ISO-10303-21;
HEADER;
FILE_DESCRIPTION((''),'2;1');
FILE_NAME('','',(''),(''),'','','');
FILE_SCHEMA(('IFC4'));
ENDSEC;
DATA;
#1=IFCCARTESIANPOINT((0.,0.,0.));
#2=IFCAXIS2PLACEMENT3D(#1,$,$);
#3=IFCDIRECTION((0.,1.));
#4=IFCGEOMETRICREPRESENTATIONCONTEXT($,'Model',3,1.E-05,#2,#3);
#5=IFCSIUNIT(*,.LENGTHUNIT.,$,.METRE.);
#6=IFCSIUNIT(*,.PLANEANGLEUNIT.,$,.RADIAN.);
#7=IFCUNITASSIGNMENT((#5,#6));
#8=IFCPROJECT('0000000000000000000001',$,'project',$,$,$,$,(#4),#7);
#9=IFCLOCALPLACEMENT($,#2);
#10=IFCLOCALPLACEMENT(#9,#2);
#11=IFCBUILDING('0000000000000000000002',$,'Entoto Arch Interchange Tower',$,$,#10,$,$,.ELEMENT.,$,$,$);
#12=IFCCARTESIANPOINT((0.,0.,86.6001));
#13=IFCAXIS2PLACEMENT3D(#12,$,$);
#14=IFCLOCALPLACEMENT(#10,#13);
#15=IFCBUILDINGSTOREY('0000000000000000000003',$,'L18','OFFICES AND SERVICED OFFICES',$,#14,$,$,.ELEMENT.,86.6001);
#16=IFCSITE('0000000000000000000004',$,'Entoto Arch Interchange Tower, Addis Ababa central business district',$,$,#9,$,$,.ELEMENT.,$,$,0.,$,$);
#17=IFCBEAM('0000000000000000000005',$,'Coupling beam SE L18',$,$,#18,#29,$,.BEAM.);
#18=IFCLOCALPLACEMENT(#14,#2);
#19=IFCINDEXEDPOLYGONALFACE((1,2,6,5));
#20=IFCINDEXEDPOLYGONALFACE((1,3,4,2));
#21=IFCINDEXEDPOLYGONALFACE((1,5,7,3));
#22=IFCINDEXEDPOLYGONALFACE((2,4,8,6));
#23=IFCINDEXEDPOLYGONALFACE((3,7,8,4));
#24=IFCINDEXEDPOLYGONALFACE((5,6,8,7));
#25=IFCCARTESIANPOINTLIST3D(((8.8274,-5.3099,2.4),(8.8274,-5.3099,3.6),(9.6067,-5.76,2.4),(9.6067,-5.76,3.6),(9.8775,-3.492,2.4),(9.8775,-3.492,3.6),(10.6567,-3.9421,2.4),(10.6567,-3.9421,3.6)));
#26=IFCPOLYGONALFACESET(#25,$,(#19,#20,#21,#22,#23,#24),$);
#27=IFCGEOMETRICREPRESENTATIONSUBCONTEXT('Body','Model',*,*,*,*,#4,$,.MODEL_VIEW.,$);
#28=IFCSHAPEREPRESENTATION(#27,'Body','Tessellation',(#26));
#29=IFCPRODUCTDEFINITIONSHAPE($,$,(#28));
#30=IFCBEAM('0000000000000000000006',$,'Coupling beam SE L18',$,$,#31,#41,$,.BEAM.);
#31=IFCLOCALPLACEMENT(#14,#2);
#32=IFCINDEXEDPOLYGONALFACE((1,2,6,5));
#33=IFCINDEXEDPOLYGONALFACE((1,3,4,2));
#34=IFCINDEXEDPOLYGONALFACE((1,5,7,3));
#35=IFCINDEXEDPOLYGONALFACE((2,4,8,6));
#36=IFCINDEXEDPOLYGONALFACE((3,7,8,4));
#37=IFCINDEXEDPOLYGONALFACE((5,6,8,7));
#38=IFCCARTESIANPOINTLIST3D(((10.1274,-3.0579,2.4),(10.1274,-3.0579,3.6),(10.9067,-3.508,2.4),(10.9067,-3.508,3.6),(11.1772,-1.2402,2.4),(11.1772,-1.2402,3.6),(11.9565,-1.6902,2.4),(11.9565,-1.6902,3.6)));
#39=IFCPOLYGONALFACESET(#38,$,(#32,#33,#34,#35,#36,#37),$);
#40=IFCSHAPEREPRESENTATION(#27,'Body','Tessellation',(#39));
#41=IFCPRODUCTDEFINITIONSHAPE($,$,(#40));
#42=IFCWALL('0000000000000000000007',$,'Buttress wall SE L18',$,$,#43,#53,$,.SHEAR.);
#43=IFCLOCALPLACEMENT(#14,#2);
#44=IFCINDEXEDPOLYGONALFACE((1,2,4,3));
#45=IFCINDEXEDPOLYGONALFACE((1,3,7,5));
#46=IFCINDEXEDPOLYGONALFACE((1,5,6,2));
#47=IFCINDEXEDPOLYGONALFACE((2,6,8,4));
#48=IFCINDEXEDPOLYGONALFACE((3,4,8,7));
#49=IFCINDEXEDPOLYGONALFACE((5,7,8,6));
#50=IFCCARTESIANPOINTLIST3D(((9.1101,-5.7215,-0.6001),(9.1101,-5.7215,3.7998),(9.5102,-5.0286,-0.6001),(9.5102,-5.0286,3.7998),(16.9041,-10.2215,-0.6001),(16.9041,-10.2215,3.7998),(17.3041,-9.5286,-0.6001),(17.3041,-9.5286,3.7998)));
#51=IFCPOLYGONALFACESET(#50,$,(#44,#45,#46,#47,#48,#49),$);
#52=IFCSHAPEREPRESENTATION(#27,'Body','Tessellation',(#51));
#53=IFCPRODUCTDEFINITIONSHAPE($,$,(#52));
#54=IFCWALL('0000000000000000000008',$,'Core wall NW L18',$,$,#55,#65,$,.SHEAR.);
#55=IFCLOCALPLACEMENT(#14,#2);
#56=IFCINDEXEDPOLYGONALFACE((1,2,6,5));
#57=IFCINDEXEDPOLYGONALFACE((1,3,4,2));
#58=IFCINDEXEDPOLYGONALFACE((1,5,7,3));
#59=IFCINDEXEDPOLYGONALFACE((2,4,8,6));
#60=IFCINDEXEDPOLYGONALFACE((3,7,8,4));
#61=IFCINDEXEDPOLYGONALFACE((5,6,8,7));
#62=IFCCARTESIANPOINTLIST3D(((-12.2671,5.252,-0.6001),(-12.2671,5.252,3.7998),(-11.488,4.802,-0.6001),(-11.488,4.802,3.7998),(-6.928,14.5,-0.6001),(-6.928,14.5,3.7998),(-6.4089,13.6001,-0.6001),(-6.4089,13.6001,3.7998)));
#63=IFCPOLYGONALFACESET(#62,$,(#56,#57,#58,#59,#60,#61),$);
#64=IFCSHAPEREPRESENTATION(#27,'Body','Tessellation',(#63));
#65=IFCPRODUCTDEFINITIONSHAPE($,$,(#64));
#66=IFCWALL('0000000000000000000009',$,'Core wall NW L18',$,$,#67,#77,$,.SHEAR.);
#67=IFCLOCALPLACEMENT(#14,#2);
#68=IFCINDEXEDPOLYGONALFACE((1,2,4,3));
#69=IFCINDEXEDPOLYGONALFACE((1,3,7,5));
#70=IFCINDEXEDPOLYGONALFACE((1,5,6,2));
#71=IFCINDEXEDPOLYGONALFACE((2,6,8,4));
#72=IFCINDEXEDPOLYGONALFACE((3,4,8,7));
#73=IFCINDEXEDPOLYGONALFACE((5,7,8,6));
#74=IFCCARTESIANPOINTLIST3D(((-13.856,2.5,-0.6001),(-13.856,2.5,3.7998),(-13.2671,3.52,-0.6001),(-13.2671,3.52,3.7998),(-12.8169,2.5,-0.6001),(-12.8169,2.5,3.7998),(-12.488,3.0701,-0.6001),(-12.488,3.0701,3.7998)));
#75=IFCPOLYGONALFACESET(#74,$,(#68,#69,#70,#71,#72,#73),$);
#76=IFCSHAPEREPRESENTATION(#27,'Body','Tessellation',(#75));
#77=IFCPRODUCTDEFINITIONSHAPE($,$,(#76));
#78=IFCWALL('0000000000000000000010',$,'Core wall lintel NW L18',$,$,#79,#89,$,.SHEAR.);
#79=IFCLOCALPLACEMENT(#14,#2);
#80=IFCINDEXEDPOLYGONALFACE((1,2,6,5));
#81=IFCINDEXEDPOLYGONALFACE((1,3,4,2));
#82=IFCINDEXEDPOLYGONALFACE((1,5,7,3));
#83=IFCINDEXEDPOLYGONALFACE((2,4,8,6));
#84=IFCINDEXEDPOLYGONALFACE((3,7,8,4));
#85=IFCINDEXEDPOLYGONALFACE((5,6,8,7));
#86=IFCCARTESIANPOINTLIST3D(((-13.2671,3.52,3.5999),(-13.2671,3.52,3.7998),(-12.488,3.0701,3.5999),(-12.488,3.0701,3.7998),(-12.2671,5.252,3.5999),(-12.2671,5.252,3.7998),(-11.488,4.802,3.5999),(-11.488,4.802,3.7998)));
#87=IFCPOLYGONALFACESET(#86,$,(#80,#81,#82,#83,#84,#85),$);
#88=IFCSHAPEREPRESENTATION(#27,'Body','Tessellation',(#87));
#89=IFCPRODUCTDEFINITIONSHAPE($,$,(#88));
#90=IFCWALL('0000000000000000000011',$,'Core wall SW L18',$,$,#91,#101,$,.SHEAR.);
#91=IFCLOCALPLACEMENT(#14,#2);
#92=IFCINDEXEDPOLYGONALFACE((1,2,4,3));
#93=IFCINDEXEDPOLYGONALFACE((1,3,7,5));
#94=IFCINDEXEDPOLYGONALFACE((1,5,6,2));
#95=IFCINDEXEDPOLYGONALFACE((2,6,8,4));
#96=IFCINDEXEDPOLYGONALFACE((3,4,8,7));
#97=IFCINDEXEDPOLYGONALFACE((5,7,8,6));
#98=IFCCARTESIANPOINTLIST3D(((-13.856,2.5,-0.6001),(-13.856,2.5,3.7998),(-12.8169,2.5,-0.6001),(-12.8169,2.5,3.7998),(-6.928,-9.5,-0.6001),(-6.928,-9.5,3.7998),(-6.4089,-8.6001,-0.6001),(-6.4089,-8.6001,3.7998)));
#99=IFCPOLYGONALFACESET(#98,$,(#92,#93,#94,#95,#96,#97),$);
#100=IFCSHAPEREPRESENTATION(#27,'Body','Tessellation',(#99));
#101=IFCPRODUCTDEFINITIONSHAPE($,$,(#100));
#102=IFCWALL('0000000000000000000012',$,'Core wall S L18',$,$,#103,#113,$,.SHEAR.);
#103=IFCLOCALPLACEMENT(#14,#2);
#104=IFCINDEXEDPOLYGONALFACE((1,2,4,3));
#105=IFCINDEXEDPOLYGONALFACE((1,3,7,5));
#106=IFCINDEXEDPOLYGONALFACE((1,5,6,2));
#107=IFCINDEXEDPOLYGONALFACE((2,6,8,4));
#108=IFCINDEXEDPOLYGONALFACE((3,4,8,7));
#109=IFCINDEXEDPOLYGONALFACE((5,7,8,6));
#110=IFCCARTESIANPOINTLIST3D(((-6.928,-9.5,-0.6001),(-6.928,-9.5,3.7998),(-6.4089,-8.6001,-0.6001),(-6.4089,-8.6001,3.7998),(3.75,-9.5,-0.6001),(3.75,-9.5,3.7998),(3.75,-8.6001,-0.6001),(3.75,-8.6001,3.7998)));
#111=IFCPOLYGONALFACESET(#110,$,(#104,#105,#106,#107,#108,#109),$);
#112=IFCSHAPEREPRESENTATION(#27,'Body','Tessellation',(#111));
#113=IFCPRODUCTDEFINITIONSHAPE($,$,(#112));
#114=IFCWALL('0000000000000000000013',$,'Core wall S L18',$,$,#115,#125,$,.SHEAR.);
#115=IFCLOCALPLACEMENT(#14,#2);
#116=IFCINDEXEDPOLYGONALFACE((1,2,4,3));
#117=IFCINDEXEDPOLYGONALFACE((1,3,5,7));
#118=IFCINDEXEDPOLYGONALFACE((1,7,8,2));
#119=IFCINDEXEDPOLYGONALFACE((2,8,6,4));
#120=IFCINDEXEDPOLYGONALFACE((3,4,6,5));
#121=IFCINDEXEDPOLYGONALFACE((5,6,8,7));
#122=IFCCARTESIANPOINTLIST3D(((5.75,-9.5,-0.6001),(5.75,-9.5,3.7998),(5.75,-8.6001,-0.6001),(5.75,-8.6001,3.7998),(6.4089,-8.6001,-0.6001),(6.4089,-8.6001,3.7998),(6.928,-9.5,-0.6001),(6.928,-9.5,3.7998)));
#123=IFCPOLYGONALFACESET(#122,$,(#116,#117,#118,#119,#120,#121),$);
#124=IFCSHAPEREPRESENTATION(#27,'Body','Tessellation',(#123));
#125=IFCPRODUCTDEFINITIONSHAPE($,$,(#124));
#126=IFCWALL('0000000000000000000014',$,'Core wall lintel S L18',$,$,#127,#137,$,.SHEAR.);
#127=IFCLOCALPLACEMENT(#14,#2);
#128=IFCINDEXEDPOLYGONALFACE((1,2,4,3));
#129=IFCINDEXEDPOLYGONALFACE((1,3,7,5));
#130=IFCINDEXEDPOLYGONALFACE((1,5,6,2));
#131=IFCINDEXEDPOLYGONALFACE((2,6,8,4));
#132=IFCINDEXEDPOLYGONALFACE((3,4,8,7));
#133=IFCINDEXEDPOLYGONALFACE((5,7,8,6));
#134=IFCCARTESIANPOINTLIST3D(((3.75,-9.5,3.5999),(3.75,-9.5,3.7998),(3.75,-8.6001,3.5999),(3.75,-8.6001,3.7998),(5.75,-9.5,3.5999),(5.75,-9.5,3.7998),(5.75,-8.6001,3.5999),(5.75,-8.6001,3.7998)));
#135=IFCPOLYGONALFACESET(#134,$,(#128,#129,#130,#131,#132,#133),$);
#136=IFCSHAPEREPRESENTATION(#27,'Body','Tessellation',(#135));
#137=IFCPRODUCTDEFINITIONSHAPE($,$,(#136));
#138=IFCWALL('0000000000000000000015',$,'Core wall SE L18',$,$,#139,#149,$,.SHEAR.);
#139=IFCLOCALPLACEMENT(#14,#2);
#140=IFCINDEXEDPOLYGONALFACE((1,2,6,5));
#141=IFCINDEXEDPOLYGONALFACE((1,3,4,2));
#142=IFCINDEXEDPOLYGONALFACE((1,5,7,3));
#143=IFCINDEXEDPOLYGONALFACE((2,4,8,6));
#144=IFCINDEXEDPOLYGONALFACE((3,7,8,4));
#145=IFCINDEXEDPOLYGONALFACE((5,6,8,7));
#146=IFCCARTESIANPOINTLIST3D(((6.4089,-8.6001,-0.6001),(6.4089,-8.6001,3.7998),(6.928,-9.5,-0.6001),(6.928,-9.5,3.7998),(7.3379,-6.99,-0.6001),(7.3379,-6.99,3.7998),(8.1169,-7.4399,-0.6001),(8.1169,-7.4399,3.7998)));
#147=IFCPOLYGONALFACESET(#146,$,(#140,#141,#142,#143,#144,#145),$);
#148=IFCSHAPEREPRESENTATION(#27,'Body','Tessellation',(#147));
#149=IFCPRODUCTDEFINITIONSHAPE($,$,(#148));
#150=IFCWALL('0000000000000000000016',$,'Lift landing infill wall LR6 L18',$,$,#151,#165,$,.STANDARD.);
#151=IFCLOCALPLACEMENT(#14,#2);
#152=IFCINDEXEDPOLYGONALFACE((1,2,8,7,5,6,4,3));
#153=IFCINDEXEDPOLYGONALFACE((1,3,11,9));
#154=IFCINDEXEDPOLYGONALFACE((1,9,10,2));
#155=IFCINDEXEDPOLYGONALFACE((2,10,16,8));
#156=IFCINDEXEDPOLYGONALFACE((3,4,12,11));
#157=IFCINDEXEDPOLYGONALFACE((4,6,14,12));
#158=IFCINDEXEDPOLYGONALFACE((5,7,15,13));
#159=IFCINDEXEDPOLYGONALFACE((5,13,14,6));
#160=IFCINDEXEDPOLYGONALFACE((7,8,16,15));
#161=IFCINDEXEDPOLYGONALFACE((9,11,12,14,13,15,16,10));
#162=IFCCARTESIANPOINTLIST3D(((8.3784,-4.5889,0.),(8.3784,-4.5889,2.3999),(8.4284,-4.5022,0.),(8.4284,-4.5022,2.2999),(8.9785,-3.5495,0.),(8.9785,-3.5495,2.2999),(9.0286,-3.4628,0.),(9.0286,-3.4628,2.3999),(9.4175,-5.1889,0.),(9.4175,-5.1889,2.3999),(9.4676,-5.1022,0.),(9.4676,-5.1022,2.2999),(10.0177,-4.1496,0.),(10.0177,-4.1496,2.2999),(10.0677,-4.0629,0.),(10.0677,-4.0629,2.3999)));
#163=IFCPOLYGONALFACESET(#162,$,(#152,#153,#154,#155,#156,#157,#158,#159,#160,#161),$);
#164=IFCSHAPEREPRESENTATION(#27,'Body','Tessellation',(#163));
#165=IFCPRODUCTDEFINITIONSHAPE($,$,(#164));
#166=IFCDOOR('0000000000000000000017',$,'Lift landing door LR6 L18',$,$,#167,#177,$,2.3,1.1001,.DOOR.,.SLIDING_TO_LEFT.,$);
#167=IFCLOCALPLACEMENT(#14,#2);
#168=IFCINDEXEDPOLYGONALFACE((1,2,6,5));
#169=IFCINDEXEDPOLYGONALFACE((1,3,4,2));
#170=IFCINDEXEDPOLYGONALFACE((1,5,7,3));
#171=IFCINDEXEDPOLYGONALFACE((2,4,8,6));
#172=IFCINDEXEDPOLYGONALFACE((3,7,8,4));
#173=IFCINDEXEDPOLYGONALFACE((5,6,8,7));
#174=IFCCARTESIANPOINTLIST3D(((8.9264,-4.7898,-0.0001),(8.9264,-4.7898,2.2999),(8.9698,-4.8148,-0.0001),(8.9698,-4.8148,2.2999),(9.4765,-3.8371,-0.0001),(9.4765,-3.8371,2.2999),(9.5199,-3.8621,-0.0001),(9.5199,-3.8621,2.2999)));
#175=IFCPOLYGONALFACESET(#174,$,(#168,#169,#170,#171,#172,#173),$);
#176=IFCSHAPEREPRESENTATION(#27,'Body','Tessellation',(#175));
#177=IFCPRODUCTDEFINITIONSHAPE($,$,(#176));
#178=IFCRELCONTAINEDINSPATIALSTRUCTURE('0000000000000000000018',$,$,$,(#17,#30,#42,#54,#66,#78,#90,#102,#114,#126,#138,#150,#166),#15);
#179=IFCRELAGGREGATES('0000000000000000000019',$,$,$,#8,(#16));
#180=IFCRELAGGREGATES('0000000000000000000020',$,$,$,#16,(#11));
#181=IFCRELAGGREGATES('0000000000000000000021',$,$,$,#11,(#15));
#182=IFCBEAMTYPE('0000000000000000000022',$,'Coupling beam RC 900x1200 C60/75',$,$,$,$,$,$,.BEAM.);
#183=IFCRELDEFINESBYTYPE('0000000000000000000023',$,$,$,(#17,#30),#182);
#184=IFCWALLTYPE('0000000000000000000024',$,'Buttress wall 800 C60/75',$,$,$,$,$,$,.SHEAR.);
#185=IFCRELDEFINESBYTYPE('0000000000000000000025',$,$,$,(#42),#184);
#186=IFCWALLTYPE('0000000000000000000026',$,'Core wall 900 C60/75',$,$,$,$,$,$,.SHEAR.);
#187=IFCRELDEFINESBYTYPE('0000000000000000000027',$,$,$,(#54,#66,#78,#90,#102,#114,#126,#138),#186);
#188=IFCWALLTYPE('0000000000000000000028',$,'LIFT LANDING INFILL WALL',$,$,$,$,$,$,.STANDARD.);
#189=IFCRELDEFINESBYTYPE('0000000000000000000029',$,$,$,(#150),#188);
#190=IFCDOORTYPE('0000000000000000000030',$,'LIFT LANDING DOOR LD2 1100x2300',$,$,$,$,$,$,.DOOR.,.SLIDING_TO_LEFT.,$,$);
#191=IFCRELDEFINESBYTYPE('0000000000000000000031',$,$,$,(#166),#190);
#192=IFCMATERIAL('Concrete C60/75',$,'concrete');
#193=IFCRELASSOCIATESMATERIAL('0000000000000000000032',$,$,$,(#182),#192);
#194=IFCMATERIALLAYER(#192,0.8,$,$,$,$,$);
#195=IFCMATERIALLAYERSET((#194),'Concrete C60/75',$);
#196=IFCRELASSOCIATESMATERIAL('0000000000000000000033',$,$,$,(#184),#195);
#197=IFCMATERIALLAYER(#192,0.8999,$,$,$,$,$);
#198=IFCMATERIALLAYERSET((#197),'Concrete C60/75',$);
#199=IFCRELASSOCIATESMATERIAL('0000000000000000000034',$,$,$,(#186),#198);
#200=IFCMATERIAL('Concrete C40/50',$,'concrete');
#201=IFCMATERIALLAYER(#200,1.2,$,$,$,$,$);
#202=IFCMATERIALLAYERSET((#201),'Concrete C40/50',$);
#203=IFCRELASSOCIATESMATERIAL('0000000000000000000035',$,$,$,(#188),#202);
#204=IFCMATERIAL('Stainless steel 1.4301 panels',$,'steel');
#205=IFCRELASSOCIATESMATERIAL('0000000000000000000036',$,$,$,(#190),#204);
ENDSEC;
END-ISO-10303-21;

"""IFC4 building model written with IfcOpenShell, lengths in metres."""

from ifc_helpers import new_model, si_unit, direction, frame, frame_2d, origin, origin_2d, place, context, subcontext, project, spatial, polyline, rectangle, outline, extrude, material, layer, layer_set, material_profile, profile_set, type_object, element, fill, save


model = new_model("IFC4")

# Units and contexts
model_context = context("Model", 3, precision=1e-05, world=origin(), true_north=direction((0.0, 1.0)))
body_context = subcontext(model_context, "Body", "Model", "MODEL_VIEW")
ifc_project = project(units=[si_unit("LENGTHUNIT", "METRE"), si_unit("PLANEANGLEUNIT", "RADIAN")], contexts=[model_context])

# Site, building, storey
site_placement = place(None, origin())
site = spatial("IfcSite", under=ifc_project, at=site_placement, Name="Entoto Arch Interchange Tower, Addis Ababa central business district", CompositionType="ELEMENT", RefElevation=0.0)
building_placement = place(site_placement, origin())
building = spatial("IfcBuilding", under=site, at=building_placement, Name="Entoto Arch Interchange Tower", CompositionType="ELEMENT")
storey_placement = place(building_placement, frame((0.0, 0.0, 86.6001)))
storey = spatial("IfcBuildingStorey", under=building, at=storey_placement, Name="L18", Description="OFFICES AND SERVICED OFFICES", CompositionType="ELEMENT", Elevation=86.6001)

# Beams
ifc_material_1 = material(Name="Concrete C60/75", Category="concrete")
ifc_material_profile = material_profile(ifc_material_1, rectangle(XDim=0.8999, YDim=1.2, at=origin_2d()))
ifc_profile_set = profile_set([ifc_material_profile], Name="Concrete C60/75")
beam_type = type_object("IfcBeamType", Name="Coupling beam RC 900x1200 C60/75", PredefinedType="BEAM", material=ifc_profile_set)
beam_1_placement = place(storey_placement, frame((9.217, -5.5349, 3.0), z_axis=(0.500179, 0.865922, 0.0), x_axis=(-0.865922, 0.500179, 0.0)))
element("IfcBeam", 1, at=beam_1_placement, inside=storey, type_object=beam_type, Name="Coupling beam SE L18", PredefinedType="BEAM", context=body_context, shape_type="SweptSolid", body=[
    extrude(rectangle(XDim=0.8999, YDim=1.2, at=origin_2d()), origin(), (0.0, 0.0, 1.0), 2.0994),
])
beam_2_placement = place(storey_placement, frame((10.5171, -3.283, 3.0), z_axis=(0.500092, 0.865973, 0.0), x_axis=(-0.865973, 0.500092, 0.0)))
element("IfcBeam", 2, at=beam_2_placement, inside=storey, type_object=beam_type, Name="Coupling beam SE L18", PredefinedType="BEAM", context=body_context, shape_type="SweptSolid", body=[
    extrude(rectangle(XDim=0.8999, YDim=1.2, at=origin_2d()), origin(), (0.0, 0.0, 1.0), 2.0991),
])

# Walls
ifc_layer_1 = layer(ifc_material_1, 0.8)
ifc_layer_set_1 = layer_set([ifc_layer_1], Name="Concrete C60/75")
wall_type_1 = type_object("IfcWallType", Name="Buttress wall 800 C60/75", PredefinedType="SHEAR", material=ifc_layer_set_1)
wall_1_placement = place(storey_placement, frame((9.3101, -5.375, -0.6001), z_axis=(0.0, 0.0, 1.0), x_axis=(0.866018, -0.500014, 0.0)))
element("IfcWall", 3, at=wall_1_placement, inside=storey, type_object=wall_type_1, Name="Buttress wall SE L18", PredefinedType="SHEAR", context=body_context, shape_type="SweptSolid", body=[
    extrude(rectangle(XDim=8.9998, YDim=0.8, at=frame_2d((4.5, 0.0))), origin(), (0.0, 0.0, 1.0), 4.3999),
])
ifc_layer_2 = layer(ifc_material_1, 0.8999)
ifc_layer_set_2 = layer_set([ifc_layer_2], Name="Concrete C60/75")
wall_type_2 = type_object("IfcWallType", Name="Core wall 900 C60/75", PredefinedType="SHEAR", material=ifc_layer_set_2)
wall_2_placement = place(storey_placement, frame((0.0, 0.0, -0.6001)))
element("IfcWall", 4, at=wall_2_placement, inside=storey, type_object=wall_type_2, Name="Core wall NW L18", PredefinedType="SHEAR", context=body_context, shape_type="SweptSolid", body=[
    extrude(outline(polyline([(-12.2671, 5.252), (-11.488, 4.802), (-6.4089, 13.6001), (-6.928, 14.5), (-12.2671, 5.252)])), origin(), (0.0, 0.0, 1.0), 4.3999),
])
wall_3_placement = place(storey_placement, frame((0.0, 0.0, -0.6001)))
element("IfcWall", 5, at=wall_3_placement, inside=storey, type_object=wall_type_2, Name="Core wall NW L18", PredefinedType="SHEAR", context=body_context, shape_type="SweptSolid", body=[
    extrude(outline(polyline([(-12.488, 3.0701), (-13.2671, 3.52), (-13.856, 2.5), (-12.8169, 2.5), (-12.488, 3.0701)])), origin(), (0.0, 0.0, 1.0), 4.3999),
])
wall_4_placement = place(storey_placement, frame((0.0, 0.0, 3.5999)))
element("IfcWall", 6, at=wall_4_placement, inside=storey, type_object=wall_type_2, Name="Core wall lintel NW L18", PredefinedType="SHEAR", context=body_context, shape_type="SweptSolid", body=[
    extrude(outline(polyline([(-13.2671, 3.52), (-12.488, 3.0701), (-11.488, 4.802), (-12.2671, 5.252), (-13.2671, 3.52)])), origin(), (0.0, 0.0, 1.0), 0.2),
])
wall_5_placement = place(storey_placement, frame((0.0, 0.0, -0.6001)))
element("IfcWall", 7, at=wall_5_placement, inside=storey, type_object=wall_type_2, Name="Core wall SW L18", PredefinedType="SHEAR", context=body_context, shape_type="SweptSolid", body=[
    extrude(outline(polyline([(-13.856, 2.5), (-6.928, -9.5), (-6.4089, -8.6001), (-12.8169, 2.5), (-13.856, 2.5)])), origin(), (0.0, 0.0, 1.0), 4.3999),
])
wall_6_placement = place(storey_placement, frame((0.0, 0.0, -0.6001)))
element("IfcWall", 8, at=wall_6_placement, inside=storey, type_object=wall_type_2, Name="Core wall S L18", PredefinedType="SHEAR", context=body_context, shape_type="SweptSolid", body=[
    extrude(outline(polyline([(3.75, -9.5), (3.75, -8.6001), (-6.4089, -8.6001), (-6.928, -9.5), (3.75, -9.5)])), origin(), (0.0, 0.0, 1.0), 4.3999),
])
wall_7_placement = place(storey_placement, frame((0.0, 0.0, -0.6001)))
element("IfcWall", 9, at=wall_7_placement, inside=storey, type_object=wall_type_2, Name="Core wall S L18", PredefinedType="SHEAR", context=body_context, shape_type="SweptSolid", body=[
    extrude(outline(polyline([(5.75, -8.6001), (5.75, -9.5), (6.928, -9.5), (6.4089, -8.6001), (5.75, -8.6001)])), origin(), (0.0, 0.0, 1.0), 4.3999),
])
wall_8_placement = place(storey_placement, frame((0.0, 0.0, 3.5999)))
element("IfcWall", 10, at=wall_8_placement, inside=storey, type_object=wall_type_2, Name="Core wall lintel S L18", PredefinedType="SHEAR", context=body_context, shape_type="SweptSolid", body=[
    extrude(outline(polyline([(5.75, -9.5), (5.75, -8.6001), (3.75, -8.6001), (3.75, -9.5), (5.75, -9.5)])), origin(), (0.0, 0.0, 1.0), 0.2),
])
wall_9_placement = place(storey_placement, frame((0.0, 0.0, -0.6001)))
element("IfcWall", 11, at=wall_9_placement, inside=storey, type_object=wall_type_2, Name="Core wall SE L18", PredefinedType="SHEAR", context=body_context, shape_type="SweptSolid", body=[
    extrude(outline(polyline([(8.1169, -7.4399), (7.3379, -6.99), (6.4089, -8.6001), (6.928, -9.5), (8.1169, -7.4399)])), origin(), (0.0, 0.0, 1.0), 4.3999),
])

# Wall, opening, door
ifc_material_2 = material(Name="Concrete C40/50", Category="concrete")
ifc_layer_3 = layer(ifc_material_2, 1.2)
ifc_layer_set_3 = layer_set([ifc_layer_3], Name="Concrete C40/50")
wall_type_3 = type_object("IfcWallType", Name="LIFT LANDING INFILL WALL", PredefinedType="STANDARD", material=ifc_layer_set_3)
wall_10_placement = place(storey_placement, frame((8.8979, -4.8889, 0.0), z_axis=(0.0, 0.0, 1.0), x_axis=(0.500037, 0.866004, 0.0)))
wall_10 = element("IfcWall", 12, at=wall_10_placement, inside=storey, type_object=wall_type_3, Name="Lift landing infill wall LR6 L18", PredefinedType="STANDARD", context=body_context, shape_type="SweptSolid", body=[
    extrude(rectangle(XDim=1.3003, YDim=1.2, at=frame_2d((0.6501, 0.0))), origin(), (0.0, 0.0, 1.0), 2.3999),
])
opening_1_placement = place(wall_10_placement, frame((0.1001, 0.0, 0.0)))
opening_1 = element("IfcOpeningElement", 13, at=opening_1_placement, cuts=wall_10, PredefinedType="OPENING", context=body_context, shape_type="SweptSolid", body=[
    extrude(rectangle(XDim=1.1001, YDim=2.3, at=frame_2d((0.55, 1.1499))), frame((0.0, 0.6099, 0.0), z_axis=(0.0, -1.0, 0.0), x_axis=(1.0, 0.0, 0.0)), (0.0, 0.0, 1.0), 1.22),
])
ifc_material_3 = material(Name="Stainless steel 1.4301 panels", Category="steel")
door_type_1 = type_object("IfcDoorType", Name="LIFT LANDING DOOR LD2 1100x2300", OperationType="SLIDING_TO_LEFT", PredefinedType="DOOR", material=ifc_material_3)
door_1_placement = place(opening_1_placement, origin())
door_1 = element("IfcDoor", 14, at=door_1_placement, inside=storey, type_object=door_type_1, Name="Lift landing door LR6 L18", OperationType="SLIDING_TO_LEFT", OverallHeight=2.3, OverallWidth=1.1001, PredefinedType="DOOR", context=body_context, shape_type="SweptSolid", body=[
    extrude(rectangle(XDim=1.1001, YDim=2.3, at=frame_2d((0.55, 1.1499))), frame((0.0, 0.0249, 0.0), z_axis=(0.0, -1.0, 0.0), x_axis=(1.0, 0.0, 0.0)), (0.0, 0.0, 1.0), 0.05),
])
fill(opening_1, door_1)

save(model, "model.ifc")
